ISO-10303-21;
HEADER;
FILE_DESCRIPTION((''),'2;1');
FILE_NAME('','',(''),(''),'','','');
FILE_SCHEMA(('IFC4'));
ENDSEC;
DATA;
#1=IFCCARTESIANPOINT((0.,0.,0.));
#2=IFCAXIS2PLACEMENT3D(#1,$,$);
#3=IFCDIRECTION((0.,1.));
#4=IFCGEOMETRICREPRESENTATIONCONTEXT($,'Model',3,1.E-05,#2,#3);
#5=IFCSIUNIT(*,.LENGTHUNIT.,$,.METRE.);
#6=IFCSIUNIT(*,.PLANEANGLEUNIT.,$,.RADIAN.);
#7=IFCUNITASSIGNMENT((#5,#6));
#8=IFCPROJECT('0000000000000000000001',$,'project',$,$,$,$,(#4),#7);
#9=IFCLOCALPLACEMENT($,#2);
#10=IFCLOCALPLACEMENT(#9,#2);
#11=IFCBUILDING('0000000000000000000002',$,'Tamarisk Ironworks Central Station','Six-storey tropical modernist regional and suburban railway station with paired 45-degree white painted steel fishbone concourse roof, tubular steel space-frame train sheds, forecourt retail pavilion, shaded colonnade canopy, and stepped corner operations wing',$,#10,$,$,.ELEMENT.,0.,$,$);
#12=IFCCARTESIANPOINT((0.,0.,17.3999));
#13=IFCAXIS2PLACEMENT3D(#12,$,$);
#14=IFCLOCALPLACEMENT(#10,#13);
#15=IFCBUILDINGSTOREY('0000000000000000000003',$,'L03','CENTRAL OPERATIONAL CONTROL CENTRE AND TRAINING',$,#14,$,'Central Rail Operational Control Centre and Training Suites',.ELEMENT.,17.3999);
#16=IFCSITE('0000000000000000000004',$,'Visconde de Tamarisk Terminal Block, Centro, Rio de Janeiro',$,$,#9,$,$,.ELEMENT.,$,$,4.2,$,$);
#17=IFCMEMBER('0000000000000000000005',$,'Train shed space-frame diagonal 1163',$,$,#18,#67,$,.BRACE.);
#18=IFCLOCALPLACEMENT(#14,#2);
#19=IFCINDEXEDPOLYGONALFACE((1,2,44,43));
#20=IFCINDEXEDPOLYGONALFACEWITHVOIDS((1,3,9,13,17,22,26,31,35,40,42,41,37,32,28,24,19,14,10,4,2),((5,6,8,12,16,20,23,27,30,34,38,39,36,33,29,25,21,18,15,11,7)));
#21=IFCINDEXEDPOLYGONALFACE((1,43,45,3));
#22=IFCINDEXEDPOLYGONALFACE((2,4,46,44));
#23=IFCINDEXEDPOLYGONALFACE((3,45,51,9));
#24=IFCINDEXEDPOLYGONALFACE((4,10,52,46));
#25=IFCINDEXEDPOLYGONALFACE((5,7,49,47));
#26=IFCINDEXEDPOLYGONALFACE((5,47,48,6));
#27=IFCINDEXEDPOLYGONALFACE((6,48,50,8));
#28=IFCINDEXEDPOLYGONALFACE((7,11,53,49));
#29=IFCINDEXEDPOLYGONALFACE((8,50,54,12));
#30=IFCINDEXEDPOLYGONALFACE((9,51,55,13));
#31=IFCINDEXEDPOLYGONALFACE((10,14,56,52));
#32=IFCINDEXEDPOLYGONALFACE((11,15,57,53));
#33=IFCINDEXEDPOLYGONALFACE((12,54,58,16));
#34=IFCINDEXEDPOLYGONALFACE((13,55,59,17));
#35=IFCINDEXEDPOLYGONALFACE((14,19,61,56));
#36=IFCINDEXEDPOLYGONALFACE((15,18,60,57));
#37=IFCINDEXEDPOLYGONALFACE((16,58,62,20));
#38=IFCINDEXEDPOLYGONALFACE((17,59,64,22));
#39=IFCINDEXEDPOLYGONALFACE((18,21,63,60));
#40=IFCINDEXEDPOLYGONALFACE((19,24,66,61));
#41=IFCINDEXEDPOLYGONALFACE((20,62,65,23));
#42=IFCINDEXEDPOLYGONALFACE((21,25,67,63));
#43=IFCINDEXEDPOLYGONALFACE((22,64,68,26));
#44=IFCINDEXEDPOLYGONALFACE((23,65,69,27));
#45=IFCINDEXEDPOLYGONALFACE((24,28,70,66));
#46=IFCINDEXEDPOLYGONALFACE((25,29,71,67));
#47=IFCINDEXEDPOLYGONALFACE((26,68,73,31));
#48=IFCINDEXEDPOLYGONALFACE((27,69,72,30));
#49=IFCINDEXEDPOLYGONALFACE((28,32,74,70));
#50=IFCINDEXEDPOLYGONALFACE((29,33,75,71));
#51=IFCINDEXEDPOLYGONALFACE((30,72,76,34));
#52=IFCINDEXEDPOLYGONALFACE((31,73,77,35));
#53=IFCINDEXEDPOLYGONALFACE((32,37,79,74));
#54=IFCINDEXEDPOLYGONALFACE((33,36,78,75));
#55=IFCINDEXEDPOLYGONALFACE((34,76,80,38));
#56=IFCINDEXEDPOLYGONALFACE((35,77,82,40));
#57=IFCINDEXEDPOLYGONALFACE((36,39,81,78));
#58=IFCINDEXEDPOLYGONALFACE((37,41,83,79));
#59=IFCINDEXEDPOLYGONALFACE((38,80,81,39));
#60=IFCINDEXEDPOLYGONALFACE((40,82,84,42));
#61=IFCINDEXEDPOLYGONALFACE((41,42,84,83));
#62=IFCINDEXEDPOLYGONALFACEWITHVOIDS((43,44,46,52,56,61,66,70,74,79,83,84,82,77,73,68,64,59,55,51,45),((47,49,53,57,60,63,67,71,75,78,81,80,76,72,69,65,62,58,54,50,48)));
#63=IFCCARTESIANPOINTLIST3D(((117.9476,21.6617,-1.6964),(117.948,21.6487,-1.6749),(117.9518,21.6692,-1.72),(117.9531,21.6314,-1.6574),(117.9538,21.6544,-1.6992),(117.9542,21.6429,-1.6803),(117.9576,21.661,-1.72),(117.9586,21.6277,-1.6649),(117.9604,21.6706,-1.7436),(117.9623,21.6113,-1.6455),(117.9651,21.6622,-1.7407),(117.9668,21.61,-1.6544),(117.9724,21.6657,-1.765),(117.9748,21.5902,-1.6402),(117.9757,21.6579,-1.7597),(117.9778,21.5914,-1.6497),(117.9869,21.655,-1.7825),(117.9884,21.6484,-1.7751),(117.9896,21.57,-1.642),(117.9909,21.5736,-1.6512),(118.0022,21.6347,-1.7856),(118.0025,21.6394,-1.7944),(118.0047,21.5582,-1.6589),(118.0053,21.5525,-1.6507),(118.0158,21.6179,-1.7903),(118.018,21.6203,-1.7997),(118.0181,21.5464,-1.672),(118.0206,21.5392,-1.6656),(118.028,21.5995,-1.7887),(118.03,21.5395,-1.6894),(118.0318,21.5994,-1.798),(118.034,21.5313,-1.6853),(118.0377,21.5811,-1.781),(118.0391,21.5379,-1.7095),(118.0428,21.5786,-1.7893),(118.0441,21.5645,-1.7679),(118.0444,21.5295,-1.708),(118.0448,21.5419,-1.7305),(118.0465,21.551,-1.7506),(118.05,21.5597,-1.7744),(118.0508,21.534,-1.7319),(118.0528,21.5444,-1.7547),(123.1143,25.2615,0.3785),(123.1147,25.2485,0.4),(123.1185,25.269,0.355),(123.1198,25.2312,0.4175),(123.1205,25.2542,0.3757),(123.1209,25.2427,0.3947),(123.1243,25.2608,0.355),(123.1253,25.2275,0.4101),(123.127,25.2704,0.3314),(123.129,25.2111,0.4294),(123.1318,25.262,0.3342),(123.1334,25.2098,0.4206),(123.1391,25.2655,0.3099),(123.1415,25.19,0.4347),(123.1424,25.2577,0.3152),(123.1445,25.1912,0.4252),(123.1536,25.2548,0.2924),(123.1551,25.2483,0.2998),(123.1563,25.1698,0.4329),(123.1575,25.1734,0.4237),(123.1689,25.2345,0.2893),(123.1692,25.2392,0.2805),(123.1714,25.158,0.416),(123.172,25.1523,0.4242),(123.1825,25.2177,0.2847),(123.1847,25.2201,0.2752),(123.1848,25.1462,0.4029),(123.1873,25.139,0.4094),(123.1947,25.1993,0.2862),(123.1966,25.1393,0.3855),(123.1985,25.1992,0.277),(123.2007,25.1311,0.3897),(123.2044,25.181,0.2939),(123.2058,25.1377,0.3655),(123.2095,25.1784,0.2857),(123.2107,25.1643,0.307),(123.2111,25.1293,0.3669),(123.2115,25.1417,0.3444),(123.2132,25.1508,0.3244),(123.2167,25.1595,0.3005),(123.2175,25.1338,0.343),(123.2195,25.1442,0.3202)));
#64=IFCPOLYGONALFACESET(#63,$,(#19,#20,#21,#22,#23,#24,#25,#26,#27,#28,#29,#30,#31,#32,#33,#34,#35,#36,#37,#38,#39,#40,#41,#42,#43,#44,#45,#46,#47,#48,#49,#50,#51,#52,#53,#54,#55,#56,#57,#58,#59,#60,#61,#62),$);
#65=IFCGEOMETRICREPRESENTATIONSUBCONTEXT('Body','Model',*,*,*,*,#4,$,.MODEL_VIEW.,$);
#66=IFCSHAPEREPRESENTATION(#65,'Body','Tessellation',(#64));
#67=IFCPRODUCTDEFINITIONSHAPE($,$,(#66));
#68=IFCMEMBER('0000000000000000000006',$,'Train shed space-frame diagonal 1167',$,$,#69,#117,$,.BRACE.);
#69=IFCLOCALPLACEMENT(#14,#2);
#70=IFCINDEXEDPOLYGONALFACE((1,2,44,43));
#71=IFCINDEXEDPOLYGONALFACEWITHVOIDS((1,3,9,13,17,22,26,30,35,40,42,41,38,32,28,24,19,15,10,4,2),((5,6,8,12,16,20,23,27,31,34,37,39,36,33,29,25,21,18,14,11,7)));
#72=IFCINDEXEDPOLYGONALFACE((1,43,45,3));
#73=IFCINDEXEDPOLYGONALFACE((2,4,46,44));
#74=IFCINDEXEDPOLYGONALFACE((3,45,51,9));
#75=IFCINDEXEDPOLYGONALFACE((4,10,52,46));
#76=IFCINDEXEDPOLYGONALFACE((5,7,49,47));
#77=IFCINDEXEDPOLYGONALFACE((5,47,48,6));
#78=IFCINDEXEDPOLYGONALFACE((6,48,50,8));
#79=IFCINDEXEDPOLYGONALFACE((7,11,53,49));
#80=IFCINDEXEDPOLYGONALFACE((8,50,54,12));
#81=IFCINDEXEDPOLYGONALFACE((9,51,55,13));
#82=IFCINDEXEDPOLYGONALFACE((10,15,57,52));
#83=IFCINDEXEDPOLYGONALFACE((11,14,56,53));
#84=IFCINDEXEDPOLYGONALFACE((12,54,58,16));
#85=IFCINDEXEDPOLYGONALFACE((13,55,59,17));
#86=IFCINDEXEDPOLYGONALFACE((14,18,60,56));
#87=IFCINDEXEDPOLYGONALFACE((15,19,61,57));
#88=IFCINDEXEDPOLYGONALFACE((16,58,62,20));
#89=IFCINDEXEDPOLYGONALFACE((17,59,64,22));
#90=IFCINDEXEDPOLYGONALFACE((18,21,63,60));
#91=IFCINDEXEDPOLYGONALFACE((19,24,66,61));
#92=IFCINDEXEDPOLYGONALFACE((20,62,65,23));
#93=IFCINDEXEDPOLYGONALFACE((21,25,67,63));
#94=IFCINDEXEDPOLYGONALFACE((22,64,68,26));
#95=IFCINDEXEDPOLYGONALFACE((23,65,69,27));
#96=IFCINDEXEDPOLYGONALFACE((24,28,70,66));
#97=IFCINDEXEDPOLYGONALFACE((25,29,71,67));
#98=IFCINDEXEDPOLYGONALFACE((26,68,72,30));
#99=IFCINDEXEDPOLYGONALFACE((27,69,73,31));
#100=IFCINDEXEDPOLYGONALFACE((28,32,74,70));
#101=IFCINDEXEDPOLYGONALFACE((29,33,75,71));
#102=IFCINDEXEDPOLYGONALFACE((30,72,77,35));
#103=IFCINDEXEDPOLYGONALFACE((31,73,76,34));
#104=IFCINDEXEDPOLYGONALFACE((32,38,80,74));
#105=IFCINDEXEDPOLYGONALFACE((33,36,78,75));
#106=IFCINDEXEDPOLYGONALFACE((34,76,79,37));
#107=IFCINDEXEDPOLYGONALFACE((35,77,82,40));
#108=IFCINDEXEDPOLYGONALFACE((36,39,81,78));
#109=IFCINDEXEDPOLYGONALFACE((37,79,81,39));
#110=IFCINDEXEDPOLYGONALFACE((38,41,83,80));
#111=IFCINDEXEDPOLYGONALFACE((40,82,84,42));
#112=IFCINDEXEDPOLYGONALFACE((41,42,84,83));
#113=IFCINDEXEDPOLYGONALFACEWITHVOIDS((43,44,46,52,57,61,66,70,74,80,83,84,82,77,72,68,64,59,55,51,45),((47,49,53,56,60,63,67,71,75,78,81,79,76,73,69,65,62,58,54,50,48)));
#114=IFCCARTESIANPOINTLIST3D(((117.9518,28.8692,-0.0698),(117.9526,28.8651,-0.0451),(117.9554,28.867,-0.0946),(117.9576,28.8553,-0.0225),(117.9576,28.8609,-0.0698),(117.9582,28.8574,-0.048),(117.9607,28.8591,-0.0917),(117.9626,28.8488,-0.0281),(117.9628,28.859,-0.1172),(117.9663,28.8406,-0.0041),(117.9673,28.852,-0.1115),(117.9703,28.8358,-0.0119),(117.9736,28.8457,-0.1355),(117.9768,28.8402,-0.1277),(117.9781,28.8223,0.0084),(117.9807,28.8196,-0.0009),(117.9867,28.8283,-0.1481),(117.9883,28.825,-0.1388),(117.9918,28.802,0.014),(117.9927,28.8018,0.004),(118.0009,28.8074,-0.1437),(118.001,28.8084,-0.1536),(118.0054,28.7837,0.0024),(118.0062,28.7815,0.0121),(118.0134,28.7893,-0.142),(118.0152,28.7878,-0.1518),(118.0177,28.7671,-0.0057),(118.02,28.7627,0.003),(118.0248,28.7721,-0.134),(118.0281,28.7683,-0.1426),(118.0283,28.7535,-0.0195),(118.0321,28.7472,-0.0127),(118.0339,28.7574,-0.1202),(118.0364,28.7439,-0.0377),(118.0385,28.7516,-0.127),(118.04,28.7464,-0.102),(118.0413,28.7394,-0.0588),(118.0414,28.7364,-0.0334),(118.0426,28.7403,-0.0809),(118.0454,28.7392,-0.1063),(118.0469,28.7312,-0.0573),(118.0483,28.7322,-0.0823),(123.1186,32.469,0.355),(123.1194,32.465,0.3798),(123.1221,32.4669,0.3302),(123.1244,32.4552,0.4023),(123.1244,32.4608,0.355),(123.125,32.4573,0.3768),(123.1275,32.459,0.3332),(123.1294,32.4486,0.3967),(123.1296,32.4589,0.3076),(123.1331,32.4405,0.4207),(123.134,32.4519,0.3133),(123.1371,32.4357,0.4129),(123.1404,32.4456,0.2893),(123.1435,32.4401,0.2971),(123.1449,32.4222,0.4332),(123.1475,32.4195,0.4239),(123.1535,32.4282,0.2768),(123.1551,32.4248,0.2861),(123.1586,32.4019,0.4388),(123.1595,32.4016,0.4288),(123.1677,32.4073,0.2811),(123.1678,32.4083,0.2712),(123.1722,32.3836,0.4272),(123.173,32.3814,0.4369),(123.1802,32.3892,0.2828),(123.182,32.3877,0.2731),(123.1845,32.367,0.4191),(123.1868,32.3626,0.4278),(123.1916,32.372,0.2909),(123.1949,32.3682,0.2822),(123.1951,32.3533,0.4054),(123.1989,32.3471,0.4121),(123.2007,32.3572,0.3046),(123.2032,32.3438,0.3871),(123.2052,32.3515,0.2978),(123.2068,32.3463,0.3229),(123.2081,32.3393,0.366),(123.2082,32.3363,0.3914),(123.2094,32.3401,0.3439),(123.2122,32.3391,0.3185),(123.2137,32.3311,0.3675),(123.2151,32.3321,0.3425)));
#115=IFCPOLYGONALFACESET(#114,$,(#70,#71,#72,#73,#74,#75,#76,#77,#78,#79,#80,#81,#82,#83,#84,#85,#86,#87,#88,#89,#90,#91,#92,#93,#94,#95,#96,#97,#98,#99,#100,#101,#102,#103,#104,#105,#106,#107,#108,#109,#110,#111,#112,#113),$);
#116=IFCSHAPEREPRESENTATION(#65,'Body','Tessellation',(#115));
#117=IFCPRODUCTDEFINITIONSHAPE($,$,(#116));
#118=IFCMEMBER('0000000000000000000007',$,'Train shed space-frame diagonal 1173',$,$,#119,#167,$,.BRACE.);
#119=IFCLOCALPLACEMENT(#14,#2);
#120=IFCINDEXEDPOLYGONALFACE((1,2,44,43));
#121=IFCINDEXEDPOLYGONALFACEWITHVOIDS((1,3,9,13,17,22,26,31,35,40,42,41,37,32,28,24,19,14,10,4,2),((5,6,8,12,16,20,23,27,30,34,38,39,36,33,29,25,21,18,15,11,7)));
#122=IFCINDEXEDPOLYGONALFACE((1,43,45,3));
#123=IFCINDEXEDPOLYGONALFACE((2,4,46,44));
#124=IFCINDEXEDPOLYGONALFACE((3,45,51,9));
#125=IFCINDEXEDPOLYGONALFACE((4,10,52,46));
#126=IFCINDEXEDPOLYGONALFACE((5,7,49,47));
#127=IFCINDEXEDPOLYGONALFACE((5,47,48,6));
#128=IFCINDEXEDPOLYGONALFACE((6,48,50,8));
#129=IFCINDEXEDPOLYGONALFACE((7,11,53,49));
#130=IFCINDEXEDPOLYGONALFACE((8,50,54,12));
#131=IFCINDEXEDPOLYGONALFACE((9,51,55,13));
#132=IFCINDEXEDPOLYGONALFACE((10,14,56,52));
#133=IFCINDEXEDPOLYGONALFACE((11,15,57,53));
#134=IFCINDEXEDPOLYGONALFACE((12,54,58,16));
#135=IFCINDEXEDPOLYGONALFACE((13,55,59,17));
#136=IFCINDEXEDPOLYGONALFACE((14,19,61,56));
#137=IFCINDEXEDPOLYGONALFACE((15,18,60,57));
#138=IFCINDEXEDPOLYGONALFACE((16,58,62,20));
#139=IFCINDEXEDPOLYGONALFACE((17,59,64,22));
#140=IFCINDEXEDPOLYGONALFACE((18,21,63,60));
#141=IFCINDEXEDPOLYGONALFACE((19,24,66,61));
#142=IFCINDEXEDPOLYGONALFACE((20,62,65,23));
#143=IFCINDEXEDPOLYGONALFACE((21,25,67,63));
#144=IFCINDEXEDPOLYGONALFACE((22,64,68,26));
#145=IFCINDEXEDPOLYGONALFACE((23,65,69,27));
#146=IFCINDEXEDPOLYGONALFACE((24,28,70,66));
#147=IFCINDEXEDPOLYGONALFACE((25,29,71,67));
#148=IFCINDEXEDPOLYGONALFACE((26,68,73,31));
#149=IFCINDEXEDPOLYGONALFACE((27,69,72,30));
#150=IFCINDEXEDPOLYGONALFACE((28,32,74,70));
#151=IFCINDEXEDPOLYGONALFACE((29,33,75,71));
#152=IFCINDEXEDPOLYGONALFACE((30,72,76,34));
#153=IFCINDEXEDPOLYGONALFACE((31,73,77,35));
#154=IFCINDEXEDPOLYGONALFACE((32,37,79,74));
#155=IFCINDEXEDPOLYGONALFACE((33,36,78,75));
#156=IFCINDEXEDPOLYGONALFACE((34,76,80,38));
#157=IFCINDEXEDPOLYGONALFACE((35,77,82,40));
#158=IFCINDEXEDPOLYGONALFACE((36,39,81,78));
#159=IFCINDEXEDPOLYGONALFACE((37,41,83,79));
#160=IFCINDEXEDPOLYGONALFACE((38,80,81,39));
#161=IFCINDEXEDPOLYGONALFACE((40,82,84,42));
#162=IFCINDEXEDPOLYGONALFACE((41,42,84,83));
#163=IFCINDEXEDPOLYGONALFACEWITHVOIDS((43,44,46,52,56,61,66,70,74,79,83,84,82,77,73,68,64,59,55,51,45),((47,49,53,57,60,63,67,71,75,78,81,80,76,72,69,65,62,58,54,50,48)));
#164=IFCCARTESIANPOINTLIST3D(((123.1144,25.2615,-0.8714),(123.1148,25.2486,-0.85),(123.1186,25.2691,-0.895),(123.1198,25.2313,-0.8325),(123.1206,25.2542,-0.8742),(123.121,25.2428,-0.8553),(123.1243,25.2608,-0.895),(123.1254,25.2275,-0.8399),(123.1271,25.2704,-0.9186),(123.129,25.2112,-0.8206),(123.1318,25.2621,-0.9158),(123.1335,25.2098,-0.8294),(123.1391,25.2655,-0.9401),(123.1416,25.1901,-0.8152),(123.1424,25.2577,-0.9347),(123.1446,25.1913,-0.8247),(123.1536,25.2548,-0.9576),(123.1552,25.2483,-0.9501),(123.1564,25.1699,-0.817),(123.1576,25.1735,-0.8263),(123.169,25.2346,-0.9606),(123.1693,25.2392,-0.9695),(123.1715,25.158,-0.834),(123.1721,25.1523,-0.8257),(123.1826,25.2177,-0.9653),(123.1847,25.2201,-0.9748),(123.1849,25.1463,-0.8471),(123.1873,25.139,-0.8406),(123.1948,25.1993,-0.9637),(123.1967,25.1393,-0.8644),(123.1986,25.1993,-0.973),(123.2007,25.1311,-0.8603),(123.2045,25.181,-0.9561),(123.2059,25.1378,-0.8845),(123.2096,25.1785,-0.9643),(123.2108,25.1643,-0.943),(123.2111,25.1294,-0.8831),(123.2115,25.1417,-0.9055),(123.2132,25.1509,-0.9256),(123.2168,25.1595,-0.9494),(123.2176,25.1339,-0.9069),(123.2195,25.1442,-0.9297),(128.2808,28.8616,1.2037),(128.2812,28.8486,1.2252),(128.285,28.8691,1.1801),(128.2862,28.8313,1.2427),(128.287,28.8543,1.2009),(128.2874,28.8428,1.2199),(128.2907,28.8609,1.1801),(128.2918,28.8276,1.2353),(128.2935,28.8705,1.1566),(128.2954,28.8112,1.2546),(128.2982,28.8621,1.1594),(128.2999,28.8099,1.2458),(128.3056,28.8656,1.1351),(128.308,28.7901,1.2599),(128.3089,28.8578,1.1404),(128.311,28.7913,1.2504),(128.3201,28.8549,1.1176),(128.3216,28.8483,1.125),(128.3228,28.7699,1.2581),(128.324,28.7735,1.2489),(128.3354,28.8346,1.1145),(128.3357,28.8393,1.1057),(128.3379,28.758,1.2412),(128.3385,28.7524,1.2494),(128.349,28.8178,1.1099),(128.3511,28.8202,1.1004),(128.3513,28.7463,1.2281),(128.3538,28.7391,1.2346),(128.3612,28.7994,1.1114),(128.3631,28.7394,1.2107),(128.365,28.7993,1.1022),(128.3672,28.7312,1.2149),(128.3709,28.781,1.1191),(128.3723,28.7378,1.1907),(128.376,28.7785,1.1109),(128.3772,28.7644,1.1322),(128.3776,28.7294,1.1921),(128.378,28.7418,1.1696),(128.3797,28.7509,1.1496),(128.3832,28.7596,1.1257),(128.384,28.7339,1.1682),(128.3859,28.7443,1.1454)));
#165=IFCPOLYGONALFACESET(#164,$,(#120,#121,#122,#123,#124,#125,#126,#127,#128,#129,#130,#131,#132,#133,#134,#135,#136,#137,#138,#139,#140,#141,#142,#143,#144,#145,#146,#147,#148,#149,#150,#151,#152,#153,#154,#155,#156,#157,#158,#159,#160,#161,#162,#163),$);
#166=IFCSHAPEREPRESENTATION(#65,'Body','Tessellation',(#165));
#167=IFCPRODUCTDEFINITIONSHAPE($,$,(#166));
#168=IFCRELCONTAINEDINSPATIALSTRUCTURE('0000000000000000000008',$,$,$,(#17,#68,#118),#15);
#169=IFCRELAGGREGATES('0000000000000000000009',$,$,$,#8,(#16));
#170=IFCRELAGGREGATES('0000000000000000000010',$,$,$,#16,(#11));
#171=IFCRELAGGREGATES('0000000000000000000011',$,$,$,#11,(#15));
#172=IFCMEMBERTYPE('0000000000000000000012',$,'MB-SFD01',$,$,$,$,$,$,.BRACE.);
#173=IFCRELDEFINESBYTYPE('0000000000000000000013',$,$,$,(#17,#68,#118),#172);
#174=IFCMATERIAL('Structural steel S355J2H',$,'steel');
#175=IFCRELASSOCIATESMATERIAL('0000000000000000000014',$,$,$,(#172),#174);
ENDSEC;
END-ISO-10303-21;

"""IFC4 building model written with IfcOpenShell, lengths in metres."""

from ifc_helpers import new_model, si_unit, direction, frame, origin, origin_2d, place, context, subcontext, project, spatial, hollow_circle, extrude, material, material_profile, profile_set, type_object, element, save


model = new_model("IFC4")

# Units and contexts
model_context = context("Model", 3, precision=1e-05, world=origin(), true_north=direction((0.0, 1.0)))
body_context = subcontext(model_context, "Body", "Model", "MODEL_VIEW")
ifc_project = project(units=[si_unit("LENGTHUNIT", "METRE"), si_unit("PLANEANGLEUNIT", "RADIAN")], contexts=[model_context])

# Site, building, storey
site_placement = place(None, origin())
site = spatial("IfcSite", under=ifc_project, at=site_placement, Name="Visconde de Tamarisk Terminal Block, Centro, Rio de Janeiro", CompositionType="ELEMENT", RefElevation=4.2)
building_placement = place(site_placement, origin())
building = spatial("IfcBuilding", under=site, at=building_placement, Name="Tamarisk Ironworks Central Station", Description="Six-storey tropical modernist regional and suburban railway station with paired 45-degree white painted steel fishbone concourse roof, tubular steel space-frame train sheds, forecourt retail pavilion, shaded colonnade canopy, and stepped corner operations wing", CompositionType="ELEMENT", ElevationOfRefHeight=0.0)
storey_placement = place(building_placement, frame((0.0, 0.0, 17.3999)))
storey = spatial("IfcBuildingStorey", under=building, at=storey_placement, Name="L03", Description="CENTRAL OPERATIONAL CONTROL CENTRE AND TRAINING", LongName="Central Rail Operational Control Centre and Training Suites", CompositionType="ELEMENT", Elevation=17.3999)

# Members
ifc_material_1 = material(Name="Structural steel S355J2H", Category="steel")
ifc_material_profile_1 = material_profile(ifc_material_1, hollow_circle(Radius=0.0842, WallThickness=0.01, at=origin_2d()), Name="CHS 168.3x10")
ifc_profile_set_1 = profile_set([ifc_material_profile_1], Name="Structural steel S355J2H")
member_type_1 = type_object("IfcMemberType", Name="MB-SFD01", PredefinedType="BRACE", material=ifc_profile_set_1)
member_1_placement = place(storey_placement, frame((118.0, 21.6001, -1.72), z_axis=(0.779274, 0.542947, 0.312954), x_axis=(-0.571663, 0.820489, 0.0)))
element("IfcMember", 1, at=member_1_placement, inside=storey, type_object=member_type_1, Name="Train shed space-frame diagonal 1163", PredefinedType="BRACE", context=body_context, shape_type="SweptSolid", body=[
    extrude(hollow_circle(Radius=0.0842, WallThickness=0.01, at=origin_2d()), origin(), (0.0, 0.0, 1.0), 6.6301),
])
member_2_placement = place(storey_placement, frame((118.0, 28.8, -0.0698), z_axis=(0.818628, 0.570367, 0.067307), x_axis=(-0.571663, 0.820489, 0.0)))
element("IfcMember", 2, at=member_2_placement, inside=storey, type_object=member_type_1, Name="Train shed space-frame diagonal 1167", PredefinedType="BRACE", context=body_context, shape_type="SweptSolid", body=[
    extrude(hollow_circle(Radius=0.0842, WallThickness=0.01, at=origin_2d()), origin(), (0.0, 0.0, 1.0), 6.3115),
])
member_3_placement = place(storey_placement, frame((123.1667, 25.2, -0.895), z_axis=(0.779235, 0.542983, 0.31299), x_axis=(-0.571707, 0.820458, 0.0)))
element("IfcMember", 3, at=member_3_placement, inside=storey, type_object=member_type_1, Name="Train shed space-frame diagonal 1173", PredefinedType="BRACE", context=body_context, shape_type="SweptSolid", body=[
    extrude(hollow_circle(Radius=0.0842, WallThickness=0.01, at=origin_2d()), origin(), (0.0, 0.0, 1.0), 6.6301),
])

save(model, "model.ifc")
